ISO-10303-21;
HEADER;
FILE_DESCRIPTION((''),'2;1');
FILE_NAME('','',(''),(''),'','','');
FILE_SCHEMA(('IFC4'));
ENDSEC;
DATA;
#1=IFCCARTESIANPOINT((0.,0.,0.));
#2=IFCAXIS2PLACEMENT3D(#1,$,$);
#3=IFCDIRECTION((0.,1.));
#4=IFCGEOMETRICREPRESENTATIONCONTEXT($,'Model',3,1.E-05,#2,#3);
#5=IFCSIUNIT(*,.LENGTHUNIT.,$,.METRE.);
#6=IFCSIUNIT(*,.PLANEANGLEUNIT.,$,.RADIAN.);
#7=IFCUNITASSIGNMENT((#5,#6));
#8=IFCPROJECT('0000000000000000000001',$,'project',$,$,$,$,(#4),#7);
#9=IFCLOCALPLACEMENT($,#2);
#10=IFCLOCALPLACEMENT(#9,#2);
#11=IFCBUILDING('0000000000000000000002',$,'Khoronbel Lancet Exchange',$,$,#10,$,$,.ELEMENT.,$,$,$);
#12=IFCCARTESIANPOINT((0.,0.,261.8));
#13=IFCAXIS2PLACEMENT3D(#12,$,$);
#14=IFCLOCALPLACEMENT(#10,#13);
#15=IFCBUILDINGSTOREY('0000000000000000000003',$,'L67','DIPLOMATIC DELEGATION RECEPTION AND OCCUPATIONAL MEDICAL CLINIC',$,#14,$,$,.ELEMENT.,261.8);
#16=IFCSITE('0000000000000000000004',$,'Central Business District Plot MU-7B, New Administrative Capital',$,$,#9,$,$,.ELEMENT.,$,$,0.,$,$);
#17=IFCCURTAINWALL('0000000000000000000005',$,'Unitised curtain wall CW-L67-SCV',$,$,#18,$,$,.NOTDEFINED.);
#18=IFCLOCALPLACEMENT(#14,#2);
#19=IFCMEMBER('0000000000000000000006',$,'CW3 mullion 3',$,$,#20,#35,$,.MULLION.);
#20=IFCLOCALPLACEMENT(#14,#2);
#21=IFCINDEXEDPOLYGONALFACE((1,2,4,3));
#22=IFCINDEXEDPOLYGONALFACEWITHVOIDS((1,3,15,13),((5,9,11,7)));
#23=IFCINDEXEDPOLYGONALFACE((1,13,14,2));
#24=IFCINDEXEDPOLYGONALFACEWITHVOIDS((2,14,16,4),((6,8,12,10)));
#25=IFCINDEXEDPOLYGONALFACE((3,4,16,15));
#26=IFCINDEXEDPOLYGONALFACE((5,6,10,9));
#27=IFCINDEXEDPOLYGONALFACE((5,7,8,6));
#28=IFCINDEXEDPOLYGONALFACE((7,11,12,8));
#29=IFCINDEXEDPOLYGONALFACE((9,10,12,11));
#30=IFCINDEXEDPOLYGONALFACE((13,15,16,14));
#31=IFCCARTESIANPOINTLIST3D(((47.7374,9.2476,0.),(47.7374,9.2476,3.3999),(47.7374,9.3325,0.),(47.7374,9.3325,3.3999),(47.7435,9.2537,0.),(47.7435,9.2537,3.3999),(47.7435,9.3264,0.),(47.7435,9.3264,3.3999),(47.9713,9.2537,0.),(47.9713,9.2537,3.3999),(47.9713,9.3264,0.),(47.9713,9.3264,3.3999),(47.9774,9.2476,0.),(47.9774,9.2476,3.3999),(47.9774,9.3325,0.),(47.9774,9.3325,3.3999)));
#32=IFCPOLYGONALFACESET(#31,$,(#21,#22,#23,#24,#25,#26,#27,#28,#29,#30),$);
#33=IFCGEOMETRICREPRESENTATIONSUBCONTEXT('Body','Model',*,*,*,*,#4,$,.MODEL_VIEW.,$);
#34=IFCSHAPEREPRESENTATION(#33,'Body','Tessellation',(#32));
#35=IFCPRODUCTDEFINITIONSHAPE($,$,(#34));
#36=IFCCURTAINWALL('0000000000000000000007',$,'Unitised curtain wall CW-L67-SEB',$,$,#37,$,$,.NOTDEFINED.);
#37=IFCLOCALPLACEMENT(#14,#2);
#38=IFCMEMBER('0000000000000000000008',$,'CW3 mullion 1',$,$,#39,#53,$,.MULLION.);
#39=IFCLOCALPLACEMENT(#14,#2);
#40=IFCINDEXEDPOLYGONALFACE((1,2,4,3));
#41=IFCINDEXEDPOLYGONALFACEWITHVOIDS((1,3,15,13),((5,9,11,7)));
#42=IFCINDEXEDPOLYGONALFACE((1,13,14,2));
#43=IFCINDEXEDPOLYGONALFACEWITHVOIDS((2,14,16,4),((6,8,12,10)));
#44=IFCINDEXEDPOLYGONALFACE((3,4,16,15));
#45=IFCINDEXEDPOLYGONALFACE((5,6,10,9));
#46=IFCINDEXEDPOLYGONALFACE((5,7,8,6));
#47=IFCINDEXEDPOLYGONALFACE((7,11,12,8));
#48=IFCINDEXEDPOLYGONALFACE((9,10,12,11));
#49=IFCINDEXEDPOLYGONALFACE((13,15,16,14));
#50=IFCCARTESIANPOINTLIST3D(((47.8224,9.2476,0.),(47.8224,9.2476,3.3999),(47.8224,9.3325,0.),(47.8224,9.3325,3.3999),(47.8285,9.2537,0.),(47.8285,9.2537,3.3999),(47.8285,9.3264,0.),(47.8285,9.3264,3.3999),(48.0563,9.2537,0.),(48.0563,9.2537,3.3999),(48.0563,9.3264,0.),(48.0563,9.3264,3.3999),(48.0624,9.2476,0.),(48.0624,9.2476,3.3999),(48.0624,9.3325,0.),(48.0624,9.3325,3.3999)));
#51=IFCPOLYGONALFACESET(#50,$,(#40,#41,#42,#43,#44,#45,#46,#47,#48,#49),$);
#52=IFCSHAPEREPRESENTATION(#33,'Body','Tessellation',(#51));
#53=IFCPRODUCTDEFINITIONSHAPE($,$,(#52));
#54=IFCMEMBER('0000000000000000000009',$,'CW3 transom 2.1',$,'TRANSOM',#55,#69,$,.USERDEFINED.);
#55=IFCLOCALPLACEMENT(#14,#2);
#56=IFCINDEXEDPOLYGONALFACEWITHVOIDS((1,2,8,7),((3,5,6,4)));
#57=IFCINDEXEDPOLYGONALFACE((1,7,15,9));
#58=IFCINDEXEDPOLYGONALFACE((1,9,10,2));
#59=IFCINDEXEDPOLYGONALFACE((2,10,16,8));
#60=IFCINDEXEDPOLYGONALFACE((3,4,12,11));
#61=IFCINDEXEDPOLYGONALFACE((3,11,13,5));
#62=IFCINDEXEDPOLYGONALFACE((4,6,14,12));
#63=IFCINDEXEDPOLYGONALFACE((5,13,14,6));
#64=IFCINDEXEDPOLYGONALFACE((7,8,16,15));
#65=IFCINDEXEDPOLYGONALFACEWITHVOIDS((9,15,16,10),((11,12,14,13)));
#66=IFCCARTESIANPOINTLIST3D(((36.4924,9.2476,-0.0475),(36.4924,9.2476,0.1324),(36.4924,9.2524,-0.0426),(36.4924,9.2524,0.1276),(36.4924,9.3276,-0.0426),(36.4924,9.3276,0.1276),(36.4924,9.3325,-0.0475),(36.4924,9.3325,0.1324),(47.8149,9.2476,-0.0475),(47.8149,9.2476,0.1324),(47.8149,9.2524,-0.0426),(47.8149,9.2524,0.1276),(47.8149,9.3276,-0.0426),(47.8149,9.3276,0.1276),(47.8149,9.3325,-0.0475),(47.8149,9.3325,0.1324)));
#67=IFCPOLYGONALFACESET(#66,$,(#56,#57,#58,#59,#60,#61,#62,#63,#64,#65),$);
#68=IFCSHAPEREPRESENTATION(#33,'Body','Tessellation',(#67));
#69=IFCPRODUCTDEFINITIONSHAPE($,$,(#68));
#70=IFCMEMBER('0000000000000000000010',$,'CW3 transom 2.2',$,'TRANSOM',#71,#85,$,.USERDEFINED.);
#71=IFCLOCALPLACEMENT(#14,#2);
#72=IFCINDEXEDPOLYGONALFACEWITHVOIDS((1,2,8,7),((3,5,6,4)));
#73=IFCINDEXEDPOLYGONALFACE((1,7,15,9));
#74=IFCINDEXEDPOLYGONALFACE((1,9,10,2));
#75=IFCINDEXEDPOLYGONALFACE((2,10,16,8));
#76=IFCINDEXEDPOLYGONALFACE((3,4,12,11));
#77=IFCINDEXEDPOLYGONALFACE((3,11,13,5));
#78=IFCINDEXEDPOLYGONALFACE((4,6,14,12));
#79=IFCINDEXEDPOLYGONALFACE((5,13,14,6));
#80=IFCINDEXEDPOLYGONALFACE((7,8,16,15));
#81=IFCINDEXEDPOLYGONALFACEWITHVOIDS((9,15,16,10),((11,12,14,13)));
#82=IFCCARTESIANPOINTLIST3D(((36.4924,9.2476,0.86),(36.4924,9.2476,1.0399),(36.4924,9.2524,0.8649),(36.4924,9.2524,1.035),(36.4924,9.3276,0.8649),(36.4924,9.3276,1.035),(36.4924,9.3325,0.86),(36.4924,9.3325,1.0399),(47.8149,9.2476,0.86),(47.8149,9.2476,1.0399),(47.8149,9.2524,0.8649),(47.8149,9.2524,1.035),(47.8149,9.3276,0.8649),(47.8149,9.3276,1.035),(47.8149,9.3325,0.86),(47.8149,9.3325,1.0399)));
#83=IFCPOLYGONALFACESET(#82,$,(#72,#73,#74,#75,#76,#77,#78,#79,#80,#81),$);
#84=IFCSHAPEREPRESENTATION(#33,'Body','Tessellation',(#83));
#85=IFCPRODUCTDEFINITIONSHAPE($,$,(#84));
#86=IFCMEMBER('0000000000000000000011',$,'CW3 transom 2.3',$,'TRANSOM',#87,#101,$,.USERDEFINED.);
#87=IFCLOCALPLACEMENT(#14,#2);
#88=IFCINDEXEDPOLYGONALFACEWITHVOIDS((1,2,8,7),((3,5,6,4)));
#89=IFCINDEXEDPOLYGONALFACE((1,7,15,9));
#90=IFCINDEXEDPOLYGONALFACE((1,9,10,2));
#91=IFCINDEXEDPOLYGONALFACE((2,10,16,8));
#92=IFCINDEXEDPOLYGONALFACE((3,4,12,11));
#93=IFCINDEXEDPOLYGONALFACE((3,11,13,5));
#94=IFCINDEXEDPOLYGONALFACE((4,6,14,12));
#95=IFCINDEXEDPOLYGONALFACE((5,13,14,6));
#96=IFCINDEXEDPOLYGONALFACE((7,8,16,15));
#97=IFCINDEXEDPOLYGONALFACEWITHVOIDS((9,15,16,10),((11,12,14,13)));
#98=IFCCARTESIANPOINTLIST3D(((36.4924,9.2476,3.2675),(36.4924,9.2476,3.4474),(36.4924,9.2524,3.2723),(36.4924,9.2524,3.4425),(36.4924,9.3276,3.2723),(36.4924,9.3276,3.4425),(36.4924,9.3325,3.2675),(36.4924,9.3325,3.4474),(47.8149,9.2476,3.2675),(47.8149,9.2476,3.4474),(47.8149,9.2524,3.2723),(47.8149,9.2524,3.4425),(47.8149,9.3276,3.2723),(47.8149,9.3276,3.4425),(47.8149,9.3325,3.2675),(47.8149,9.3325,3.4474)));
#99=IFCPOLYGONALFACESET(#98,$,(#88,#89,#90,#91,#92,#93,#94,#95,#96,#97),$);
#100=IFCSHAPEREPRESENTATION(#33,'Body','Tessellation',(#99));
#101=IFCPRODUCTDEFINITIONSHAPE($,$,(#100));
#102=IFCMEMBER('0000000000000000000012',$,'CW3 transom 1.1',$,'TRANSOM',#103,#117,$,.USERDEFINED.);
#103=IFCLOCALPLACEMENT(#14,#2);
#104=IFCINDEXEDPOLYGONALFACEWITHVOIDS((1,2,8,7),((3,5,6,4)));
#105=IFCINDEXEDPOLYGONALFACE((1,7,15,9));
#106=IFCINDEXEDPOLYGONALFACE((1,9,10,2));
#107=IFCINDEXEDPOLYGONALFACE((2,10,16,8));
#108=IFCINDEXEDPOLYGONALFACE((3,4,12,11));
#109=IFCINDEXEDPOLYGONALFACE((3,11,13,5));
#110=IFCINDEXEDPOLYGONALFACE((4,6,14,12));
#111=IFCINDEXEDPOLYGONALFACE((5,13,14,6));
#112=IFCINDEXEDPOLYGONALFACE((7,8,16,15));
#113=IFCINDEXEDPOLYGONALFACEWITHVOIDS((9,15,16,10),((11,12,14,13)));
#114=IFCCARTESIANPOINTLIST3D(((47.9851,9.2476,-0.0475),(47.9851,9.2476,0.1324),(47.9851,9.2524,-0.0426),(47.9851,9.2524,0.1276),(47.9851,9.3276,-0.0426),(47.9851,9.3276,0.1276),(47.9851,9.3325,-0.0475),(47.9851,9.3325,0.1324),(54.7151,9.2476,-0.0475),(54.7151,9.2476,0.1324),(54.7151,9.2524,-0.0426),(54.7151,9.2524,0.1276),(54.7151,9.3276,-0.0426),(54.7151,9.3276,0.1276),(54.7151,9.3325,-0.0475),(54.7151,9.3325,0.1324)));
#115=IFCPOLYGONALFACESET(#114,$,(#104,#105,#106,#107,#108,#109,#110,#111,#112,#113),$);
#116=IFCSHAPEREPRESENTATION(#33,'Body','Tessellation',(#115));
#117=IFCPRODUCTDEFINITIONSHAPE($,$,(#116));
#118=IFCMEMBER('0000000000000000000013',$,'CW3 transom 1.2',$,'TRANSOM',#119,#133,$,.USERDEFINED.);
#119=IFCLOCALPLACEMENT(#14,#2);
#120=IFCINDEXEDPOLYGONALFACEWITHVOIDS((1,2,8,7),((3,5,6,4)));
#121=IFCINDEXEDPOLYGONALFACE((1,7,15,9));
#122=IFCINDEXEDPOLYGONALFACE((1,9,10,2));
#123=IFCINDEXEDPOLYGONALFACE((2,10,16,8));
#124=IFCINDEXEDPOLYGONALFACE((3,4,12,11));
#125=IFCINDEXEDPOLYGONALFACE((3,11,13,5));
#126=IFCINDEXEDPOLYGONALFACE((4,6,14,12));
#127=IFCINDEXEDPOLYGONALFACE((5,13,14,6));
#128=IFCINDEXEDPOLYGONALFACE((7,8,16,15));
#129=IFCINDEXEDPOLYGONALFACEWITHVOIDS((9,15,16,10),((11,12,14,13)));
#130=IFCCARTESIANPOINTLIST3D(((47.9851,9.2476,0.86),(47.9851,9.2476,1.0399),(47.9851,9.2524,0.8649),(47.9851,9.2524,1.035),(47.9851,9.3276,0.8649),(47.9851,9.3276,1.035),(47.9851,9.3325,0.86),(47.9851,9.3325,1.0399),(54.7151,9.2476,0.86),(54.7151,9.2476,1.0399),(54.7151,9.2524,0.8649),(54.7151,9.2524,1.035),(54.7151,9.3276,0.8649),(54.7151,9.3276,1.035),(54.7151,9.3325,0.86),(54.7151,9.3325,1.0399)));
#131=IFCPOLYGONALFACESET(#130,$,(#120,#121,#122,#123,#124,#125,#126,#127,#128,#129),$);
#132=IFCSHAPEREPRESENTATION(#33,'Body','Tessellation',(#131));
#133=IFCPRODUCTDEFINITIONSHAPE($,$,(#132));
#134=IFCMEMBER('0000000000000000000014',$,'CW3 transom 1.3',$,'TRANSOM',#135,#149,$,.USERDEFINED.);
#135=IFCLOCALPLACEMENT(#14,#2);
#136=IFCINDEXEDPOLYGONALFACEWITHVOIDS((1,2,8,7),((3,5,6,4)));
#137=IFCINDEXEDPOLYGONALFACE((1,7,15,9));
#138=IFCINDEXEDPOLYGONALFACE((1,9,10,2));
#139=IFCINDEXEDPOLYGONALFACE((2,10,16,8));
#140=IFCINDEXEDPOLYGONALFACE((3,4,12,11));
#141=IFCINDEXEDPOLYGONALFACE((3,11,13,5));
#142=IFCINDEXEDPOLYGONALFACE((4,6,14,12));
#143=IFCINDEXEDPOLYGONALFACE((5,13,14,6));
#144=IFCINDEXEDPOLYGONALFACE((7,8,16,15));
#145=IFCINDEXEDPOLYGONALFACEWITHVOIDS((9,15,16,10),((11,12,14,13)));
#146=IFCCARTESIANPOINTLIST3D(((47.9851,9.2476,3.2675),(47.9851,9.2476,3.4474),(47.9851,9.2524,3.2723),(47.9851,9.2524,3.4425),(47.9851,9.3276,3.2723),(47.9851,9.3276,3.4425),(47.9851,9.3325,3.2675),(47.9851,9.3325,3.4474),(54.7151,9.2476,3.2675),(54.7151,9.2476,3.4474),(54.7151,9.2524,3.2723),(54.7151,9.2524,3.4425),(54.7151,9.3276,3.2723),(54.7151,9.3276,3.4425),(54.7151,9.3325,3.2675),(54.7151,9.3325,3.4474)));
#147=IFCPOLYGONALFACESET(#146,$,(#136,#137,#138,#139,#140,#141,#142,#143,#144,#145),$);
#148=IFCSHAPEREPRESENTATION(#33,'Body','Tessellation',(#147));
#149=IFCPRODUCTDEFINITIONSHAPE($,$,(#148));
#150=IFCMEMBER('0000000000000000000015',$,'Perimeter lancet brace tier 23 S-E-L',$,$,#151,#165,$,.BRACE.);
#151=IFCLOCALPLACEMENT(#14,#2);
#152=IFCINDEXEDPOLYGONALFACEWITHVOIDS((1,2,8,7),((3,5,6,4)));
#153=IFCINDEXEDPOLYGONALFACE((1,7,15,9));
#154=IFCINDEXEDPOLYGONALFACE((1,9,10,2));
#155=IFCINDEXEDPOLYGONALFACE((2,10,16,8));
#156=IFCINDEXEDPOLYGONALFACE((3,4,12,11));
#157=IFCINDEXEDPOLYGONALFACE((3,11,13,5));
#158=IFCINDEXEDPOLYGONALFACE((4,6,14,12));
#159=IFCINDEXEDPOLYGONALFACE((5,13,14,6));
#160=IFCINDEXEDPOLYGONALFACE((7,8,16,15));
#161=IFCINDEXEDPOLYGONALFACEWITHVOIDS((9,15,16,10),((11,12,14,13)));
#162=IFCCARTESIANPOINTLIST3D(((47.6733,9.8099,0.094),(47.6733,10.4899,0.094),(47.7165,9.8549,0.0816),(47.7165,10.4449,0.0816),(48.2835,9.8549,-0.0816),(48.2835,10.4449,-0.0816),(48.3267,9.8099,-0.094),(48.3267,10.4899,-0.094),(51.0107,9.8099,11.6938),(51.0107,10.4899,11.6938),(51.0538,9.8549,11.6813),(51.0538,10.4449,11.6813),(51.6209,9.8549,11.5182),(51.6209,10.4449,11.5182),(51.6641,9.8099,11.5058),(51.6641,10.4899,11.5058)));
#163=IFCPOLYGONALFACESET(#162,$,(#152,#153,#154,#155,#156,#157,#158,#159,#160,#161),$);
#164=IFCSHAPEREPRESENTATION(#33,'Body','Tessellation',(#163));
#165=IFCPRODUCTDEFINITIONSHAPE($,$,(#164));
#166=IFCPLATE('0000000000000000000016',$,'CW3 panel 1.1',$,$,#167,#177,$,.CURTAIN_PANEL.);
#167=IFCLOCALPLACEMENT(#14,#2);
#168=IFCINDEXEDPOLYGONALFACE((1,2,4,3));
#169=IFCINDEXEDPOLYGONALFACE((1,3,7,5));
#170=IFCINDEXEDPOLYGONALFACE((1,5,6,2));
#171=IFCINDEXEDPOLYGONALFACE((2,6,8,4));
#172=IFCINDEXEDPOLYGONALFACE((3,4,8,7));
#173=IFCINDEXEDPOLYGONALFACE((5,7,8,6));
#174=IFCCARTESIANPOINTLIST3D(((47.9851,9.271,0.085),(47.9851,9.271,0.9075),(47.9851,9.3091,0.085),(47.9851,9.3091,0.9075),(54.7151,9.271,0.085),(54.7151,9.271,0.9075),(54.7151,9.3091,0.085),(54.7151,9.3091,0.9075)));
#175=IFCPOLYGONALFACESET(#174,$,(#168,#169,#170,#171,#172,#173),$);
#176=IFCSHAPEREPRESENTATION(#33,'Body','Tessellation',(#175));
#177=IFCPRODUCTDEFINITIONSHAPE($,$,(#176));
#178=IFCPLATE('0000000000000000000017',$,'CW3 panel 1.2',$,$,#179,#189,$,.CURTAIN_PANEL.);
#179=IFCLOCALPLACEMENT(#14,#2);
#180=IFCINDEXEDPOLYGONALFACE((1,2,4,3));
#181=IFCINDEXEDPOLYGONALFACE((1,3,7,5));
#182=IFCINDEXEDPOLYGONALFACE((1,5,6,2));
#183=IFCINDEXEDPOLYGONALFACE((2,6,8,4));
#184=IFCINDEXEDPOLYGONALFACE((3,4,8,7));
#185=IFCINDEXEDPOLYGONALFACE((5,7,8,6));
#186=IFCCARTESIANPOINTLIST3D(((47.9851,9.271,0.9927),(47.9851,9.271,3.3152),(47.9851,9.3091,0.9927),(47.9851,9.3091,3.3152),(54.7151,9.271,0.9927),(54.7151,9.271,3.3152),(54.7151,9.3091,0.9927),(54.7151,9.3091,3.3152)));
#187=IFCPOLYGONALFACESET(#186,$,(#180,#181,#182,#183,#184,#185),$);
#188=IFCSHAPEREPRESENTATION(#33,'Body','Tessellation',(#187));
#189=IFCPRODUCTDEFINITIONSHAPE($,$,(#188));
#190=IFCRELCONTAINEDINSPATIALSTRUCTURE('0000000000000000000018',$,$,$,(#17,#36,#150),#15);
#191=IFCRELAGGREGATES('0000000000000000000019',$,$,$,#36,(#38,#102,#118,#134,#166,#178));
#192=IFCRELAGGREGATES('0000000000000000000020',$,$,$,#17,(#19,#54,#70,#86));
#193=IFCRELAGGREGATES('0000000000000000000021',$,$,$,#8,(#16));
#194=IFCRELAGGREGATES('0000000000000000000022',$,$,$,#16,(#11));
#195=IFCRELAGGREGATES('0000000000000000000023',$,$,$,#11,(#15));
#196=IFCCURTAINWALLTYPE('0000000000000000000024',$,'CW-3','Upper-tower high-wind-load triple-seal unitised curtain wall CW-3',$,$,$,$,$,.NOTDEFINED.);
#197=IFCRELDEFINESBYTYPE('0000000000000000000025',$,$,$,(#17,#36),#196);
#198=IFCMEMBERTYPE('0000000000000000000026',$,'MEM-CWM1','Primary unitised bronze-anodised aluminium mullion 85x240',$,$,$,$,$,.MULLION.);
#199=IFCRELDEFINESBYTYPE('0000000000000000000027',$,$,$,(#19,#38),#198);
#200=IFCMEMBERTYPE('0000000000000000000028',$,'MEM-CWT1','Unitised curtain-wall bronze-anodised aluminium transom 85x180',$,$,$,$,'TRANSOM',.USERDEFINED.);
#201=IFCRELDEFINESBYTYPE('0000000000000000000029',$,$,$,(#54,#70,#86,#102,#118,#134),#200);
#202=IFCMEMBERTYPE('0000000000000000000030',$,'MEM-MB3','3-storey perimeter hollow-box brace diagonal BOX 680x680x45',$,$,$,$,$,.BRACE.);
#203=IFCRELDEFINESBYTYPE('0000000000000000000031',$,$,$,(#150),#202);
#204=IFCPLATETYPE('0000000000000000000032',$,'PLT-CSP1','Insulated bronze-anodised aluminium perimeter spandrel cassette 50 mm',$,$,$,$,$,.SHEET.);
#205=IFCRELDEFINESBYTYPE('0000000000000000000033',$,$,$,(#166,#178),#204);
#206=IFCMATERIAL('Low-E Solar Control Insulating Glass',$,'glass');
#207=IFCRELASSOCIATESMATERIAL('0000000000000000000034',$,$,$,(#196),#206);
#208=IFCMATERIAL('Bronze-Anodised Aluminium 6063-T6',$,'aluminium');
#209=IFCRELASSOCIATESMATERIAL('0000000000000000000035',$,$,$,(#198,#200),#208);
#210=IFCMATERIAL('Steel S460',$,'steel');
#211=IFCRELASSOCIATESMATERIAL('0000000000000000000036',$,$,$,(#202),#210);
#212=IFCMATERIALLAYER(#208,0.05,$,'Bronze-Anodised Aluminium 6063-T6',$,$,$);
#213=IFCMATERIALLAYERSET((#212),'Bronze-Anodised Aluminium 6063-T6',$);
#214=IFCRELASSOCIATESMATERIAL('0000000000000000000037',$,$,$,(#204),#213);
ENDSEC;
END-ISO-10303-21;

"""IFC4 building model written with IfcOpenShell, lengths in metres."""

from ifc_helpers import new_model, si_unit, direction, frame, origin, origin_2d, place, context, subcontext, project, spatial, rectangle, hollow_rectangle, extrude, material, layer, layer_set, material_profile, profile_set, type_object, element, aggregate, save


model = new_model("IFC4")

# Units and contexts
model_context = context("Model", 3, precision=1e-05, world=origin(), true_north=direction((0.0, 1.0)))
body_context = subcontext(model_context, "Body", "Model", "MODEL_VIEW")
ifc_project = project(units=[si_unit("LENGTHUNIT", "METRE"), si_unit("PLANEANGLEUNIT", "RADIAN")], contexts=[model_context])

# Site, building, storey
site_placement = place(None, origin())
site = spatial("IfcSite", under=ifc_project, at=site_placement, Name="Central Business District Plot MU-7B, New Administrative Capital", CompositionType="ELEMENT", RefElevation=0.0)
building_placement = place(site_placement, origin())
building = spatial("IfcBuilding", under=site, at=building_placement, Name="Khoronbel Lancet Exchange", CompositionType="ELEMENT")
storey_placement = place(building_placement, frame((0.0, 0.0, 261.8)))
storey = spatial("IfcBuildingStorey", under=building, at=storey_placement, Name="L67", Description="DIPLOMATIC DELEGATION RECEPTION AND OCCUPATIONAL MEDICAL CLINIC", CompositionType="ELEMENT", Elevation=261.8)

# Shared definitions
ifc_material_1 = material(Name="Steel S460", Category="steel")

# Curtain wall, member
ifc_material_2 = material(Name="Low-E Solar Control Insulating Glass", Category="glass")
curtain_wall_type = type_object("IfcCurtainWallType", Name="CW-3", Description="Upper-tower high-wind-load triple-seal unitised curtain wall CW-3", PredefinedType="NOTDEFINED", material=ifc_material_2)
curtain_wall_1_placement = place(storey_placement, origin())
curtain_wall_1 = element("IfcCurtainWall", 1, at=curtain_wall_1_placement, inside=storey, type_object=curtain_wall_type, Name="Unitised curtain wall CW-L67-SCV", PredefinedType="NOTDEFINED")
ifc_material_3 = material(Name="Bronze-Anodised Aluminium 6063-T6", Category="aluminium")
ifc_material_profile_1 = material_profile(ifc_material_3, hollow_rectangle(XDim=0.085, YDim=0.24, WallThickness=0.0061, at=origin_2d()), Name="ALU MULLION 85x240")
ifc_profile_set_1 = profile_set([ifc_material_profile_1], Name="Bronze-Anodised Aluminium 6063-T6")
member_type_1 = type_object("IfcMemberType", Name="MEM-CWM1", Description="Primary unitised bronze-anodised aluminium mullion 85x240", PredefinedType="MULLION", material=ifc_profile_set_1)
member_1_placement = place(storey_placement, frame((47.8574, 9.29, 0.0), z_axis=(0.0, 0.0, 1.0), x_axis=(0.0, 1.0, 0.0)))
member_1 = element("IfcMember", 2, at=member_1_placement, type_object=member_type_1, Name="CW3 mullion 3", PredefinedType="MULLION", context=body_context, shape_type="SweptSolid", body=[
    extrude(hollow_rectangle(XDim=0.085, YDim=0.24, WallThickness=0.0061, at=origin_2d()), origin(), (0.0, 0.0, 1.0), 3.3999),
])

# Curtain wall, member
curtain_wall_2_placement = place(storey_placement, origin())
curtain_wall_2 = element("IfcCurtainWall", 3, at=curtain_wall_2_placement, inside=storey, type_object=curtain_wall_type, Name="Unitised curtain wall CW-L67-SEB", PredefinedType="NOTDEFINED")
member_2_placement = place(storey_placement, frame((47.9424, 9.29, 0.0), z_axis=(0.0, 0.0, 1.0), x_axis=(0.0, 1.0, 0.0)))
member_2 = element("IfcMember", 4, at=member_2_placement, type_object=member_type_1, Name="CW3 mullion 1", PredefinedType="MULLION", context=body_context, shape_type="SweptSolid", body=[
    extrude(hollow_rectangle(XDim=0.085, YDim=0.24, WallThickness=0.0061, at=origin_2d()), origin(), (0.0, 0.0, 1.0), 3.3999),
])

# Members
ifc_material_profile_2 = material_profile(ifc_material_3, hollow_rectangle(XDim=0.085, YDim=0.1799, WallThickness=0.0049, at=origin_2d()), Name="ALU TRANSOM 85x180")
ifc_profile_set_2 = profile_set([ifc_material_profile_2], Name="Bronze-Anodised Aluminium 6063-T6")
member_type_2 = type_object("IfcMemberType", Name="MEM-CWT1", Description="Unitised curtain-wall bronze-anodised aluminium transom 85x180", ElementType="TRANSOM", PredefinedType="USERDEFINED", material=ifc_profile_set_2)
member_3_placement = place(storey_placement, frame((36.4924, 9.29, 0.0425), z_axis=(1.0, 0.0, 0.0), x_axis=(0.0, 1.0, 0.0)))
member_3 = element("IfcMember", 5, at=member_3_placement, type_object=member_type_2, Name="CW3 transom 2.1", ObjectType="TRANSOM", PredefinedType="USERDEFINED", context=body_context, shape_type="SweptSolid", body=[
    extrude(hollow_rectangle(XDim=0.085, YDim=0.1799, WallThickness=0.0049, at=origin_2d()), origin(), (0.0, 0.0, 1.0), 11.3225),
])
member_4_placement = place(storey_placement, frame((36.4924, 9.29, 0.95), z_axis=(1.0, 0.0, 0.0), x_axis=(0.0, 1.0, 0.0)))
member_4 = element("IfcMember", 6, at=member_4_placement, type_object=member_type_2, Name="CW3 transom 2.2", ObjectType="TRANSOM", PredefinedType="USERDEFINED", context=body_context, shape_type="SweptSolid", body=[
    extrude(hollow_rectangle(XDim=0.085, YDim=0.1799, WallThickness=0.0049, at=origin_2d()), origin(), (0.0, 0.0, 1.0), 11.3225),
])
member_5_placement = place(storey_placement, frame((36.4924, 9.29, 3.3574), z_axis=(1.0, 0.0, 0.0), x_axis=(0.0, 1.0, 0.0)))
member_5 = element("IfcMember", 7, at=member_5_placement, type_object=member_type_2, Name="CW3 transom 2.3", ObjectType="TRANSOM", PredefinedType="USERDEFINED", context=body_context, shape_type="SweptSolid", body=[
    extrude(hollow_rectangle(XDim=0.085, YDim=0.1799, WallThickness=0.0049, at=origin_2d()), origin(), (0.0, 0.0, 1.0), 11.3225),
])
member_6_placement = place(storey_placement, frame((47.9851, 9.29, 0.0425), z_axis=(1.0, 0.0, 0.0), x_axis=(0.0, 1.0, 0.0)))
member_6 = element("IfcMember", 8, at=member_6_placement, type_object=member_type_2, Name="CW3 transom 1.1", ObjectType="TRANSOM", PredefinedType="USERDEFINED", context=body_context, shape_type="SweptSolid", body=[
    extrude(hollow_rectangle(XDim=0.085, YDim=0.1799, WallThickness=0.0049, at=origin_2d()), origin(), (0.0, 0.0, 1.0), 6.73),
])
member_7_placement = place(storey_placement, frame((47.9851, 9.29, 0.95), z_axis=(1.0, 0.0, 0.0), x_axis=(0.0, 1.0, 0.0)))
member_7 = element("IfcMember", 9, at=member_7_placement, type_object=member_type_2, Name="CW3 transom 1.2", ObjectType="TRANSOM", PredefinedType="USERDEFINED", context=body_context, shape_type="SweptSolid", body=[
    extrude(hollow_rectangle(XDim=0.085, YDim=0.1799, WallThickness=0.0049, at=origin_2d()), origin(), (0.0, 0.0, 1.0), 6.73),
])
member_8_placement = place(storey_placement, frame((47.9851, 9.29, 3.3574), z_axis=(1.0, 0.0, 0.0), x_axis=(0.0, 1.0, 0.0)))
member_8 = element("IfcMember", 10, at=member_8_placement, type_object=member_type_2, Name="CW3 transom 1.3", ObjectType="TRANSOM", PredefinedType="USERDEFINED", context=body_context, shape_type="SweptSolid", body=[
    extrude(hollow_rectangle(XDim=0.085, YDim=0.1799, WallThickness=0.0049, at=origin_2d()), origin(), (0.0, 0.0, 1.0), 6.73),
])
ifc_material_profile_3 = material_profile(ifc_material_1, hollow_rectangle(XDim=0.6799, YDim=0.6799, WallThickness=0.0449, at=origin_2d()), Name="BOX 680x680x45")
ifc_profile_set_3 = profile_set([ifc_material_profile_3], Name="Steel S460")
member_type_3 = type_object("IfcMemberType", Name="MEM-MB3", Description="3-storey perimeter hollow-box brace diagonal BOX 680x680x45", PredefinedType="BRACE", material=ifc_profile_set_3)
member_9_placement = place(storey_placement, frame((48.0, 10.1499, 0.0), z_axis=(0.276494, 0.0, 0.961016), x_axis=(0.0, 1.0, 0.0)))
element("IfcMember", 11, at=member_9_placement, inside=storey, type_object=member_type_3, Name="Perimeter lancet brace tier 23 S-E-L", PredefinedType="BRACE", context=body_context, shape_type="SweptSolid", body=[
    extrude(hollow_rectangle(XDim=0.6799, YDim=0.6799, WallThickness=0.0449, at=origin_2d()), origin(), (0.0, 0.0, 1.0), 12.0703),
])

# Plates
ifc_layer_1 = layer(ifc_material_3, 0.05, Name="Bronze-Anodised Aluminium 6063-T6")
ifc_layer_set_1 = layer_set([ifc_layer_1], Name="Bronze-Anodised Aluminium 6063-T6")
plate_type_1 = type_object("IfcPlateType", Name="PLT-CSP1", Description="Insulated bronze-anodised aluminium perimeter spandrel cassette 50 mm", PredefinedType="SHEET", material=ifc_layer_set_1)
plate_1_placement = place(storey_placement, frame((51.3501, 9.29, 0.085), z_axis=(0.0, 0.0, 1.0), x_axis=(1.0, 0.0, 0.0)))
plate_1 = element("IfcPlate", 12, at=plate_1_placement, type_object=plate_type_1, Name="CW3 panel 1.1", PredefinedType="CURTAIN_PANEL", context=body_context, shape_type="SweptSolid", body=[
    extrude(rectangle(XDim=6.73, YDim=0.0381, at=origin_2d()), origin(), (0.0, 0.0, 1.0), 0.8225),
])
plate_2_placement = place(storey_placement, frame((51.3501, 9.29, 0.9927), z_axis=(0.0, 0.0, 1.0), x_axis=(1.0, 0.0, 0.0)))
plate_2 = element("IfcPlate", 13, at=plate_2_placement, type_object=plate_type_1, Name="CW3 panel 1.2", PredefinedType="CURTAIN_PANEL", context=body_context, shape_type="SweptSolid", body=[
    extrude(rectangle(XDim=6.73, YDim=0.0381, at=origin_2d()), origin(), (0.0, 0.0, 1.0), 2.3225),
])
aggregate(curtain_wall_2, [member_2, member_6, member_7, member_8, plate_1, plate_2])
aggregate(curtain_wall_1, [member_1, member_3, member_4, member_5])

save(model, "model.ifc")
